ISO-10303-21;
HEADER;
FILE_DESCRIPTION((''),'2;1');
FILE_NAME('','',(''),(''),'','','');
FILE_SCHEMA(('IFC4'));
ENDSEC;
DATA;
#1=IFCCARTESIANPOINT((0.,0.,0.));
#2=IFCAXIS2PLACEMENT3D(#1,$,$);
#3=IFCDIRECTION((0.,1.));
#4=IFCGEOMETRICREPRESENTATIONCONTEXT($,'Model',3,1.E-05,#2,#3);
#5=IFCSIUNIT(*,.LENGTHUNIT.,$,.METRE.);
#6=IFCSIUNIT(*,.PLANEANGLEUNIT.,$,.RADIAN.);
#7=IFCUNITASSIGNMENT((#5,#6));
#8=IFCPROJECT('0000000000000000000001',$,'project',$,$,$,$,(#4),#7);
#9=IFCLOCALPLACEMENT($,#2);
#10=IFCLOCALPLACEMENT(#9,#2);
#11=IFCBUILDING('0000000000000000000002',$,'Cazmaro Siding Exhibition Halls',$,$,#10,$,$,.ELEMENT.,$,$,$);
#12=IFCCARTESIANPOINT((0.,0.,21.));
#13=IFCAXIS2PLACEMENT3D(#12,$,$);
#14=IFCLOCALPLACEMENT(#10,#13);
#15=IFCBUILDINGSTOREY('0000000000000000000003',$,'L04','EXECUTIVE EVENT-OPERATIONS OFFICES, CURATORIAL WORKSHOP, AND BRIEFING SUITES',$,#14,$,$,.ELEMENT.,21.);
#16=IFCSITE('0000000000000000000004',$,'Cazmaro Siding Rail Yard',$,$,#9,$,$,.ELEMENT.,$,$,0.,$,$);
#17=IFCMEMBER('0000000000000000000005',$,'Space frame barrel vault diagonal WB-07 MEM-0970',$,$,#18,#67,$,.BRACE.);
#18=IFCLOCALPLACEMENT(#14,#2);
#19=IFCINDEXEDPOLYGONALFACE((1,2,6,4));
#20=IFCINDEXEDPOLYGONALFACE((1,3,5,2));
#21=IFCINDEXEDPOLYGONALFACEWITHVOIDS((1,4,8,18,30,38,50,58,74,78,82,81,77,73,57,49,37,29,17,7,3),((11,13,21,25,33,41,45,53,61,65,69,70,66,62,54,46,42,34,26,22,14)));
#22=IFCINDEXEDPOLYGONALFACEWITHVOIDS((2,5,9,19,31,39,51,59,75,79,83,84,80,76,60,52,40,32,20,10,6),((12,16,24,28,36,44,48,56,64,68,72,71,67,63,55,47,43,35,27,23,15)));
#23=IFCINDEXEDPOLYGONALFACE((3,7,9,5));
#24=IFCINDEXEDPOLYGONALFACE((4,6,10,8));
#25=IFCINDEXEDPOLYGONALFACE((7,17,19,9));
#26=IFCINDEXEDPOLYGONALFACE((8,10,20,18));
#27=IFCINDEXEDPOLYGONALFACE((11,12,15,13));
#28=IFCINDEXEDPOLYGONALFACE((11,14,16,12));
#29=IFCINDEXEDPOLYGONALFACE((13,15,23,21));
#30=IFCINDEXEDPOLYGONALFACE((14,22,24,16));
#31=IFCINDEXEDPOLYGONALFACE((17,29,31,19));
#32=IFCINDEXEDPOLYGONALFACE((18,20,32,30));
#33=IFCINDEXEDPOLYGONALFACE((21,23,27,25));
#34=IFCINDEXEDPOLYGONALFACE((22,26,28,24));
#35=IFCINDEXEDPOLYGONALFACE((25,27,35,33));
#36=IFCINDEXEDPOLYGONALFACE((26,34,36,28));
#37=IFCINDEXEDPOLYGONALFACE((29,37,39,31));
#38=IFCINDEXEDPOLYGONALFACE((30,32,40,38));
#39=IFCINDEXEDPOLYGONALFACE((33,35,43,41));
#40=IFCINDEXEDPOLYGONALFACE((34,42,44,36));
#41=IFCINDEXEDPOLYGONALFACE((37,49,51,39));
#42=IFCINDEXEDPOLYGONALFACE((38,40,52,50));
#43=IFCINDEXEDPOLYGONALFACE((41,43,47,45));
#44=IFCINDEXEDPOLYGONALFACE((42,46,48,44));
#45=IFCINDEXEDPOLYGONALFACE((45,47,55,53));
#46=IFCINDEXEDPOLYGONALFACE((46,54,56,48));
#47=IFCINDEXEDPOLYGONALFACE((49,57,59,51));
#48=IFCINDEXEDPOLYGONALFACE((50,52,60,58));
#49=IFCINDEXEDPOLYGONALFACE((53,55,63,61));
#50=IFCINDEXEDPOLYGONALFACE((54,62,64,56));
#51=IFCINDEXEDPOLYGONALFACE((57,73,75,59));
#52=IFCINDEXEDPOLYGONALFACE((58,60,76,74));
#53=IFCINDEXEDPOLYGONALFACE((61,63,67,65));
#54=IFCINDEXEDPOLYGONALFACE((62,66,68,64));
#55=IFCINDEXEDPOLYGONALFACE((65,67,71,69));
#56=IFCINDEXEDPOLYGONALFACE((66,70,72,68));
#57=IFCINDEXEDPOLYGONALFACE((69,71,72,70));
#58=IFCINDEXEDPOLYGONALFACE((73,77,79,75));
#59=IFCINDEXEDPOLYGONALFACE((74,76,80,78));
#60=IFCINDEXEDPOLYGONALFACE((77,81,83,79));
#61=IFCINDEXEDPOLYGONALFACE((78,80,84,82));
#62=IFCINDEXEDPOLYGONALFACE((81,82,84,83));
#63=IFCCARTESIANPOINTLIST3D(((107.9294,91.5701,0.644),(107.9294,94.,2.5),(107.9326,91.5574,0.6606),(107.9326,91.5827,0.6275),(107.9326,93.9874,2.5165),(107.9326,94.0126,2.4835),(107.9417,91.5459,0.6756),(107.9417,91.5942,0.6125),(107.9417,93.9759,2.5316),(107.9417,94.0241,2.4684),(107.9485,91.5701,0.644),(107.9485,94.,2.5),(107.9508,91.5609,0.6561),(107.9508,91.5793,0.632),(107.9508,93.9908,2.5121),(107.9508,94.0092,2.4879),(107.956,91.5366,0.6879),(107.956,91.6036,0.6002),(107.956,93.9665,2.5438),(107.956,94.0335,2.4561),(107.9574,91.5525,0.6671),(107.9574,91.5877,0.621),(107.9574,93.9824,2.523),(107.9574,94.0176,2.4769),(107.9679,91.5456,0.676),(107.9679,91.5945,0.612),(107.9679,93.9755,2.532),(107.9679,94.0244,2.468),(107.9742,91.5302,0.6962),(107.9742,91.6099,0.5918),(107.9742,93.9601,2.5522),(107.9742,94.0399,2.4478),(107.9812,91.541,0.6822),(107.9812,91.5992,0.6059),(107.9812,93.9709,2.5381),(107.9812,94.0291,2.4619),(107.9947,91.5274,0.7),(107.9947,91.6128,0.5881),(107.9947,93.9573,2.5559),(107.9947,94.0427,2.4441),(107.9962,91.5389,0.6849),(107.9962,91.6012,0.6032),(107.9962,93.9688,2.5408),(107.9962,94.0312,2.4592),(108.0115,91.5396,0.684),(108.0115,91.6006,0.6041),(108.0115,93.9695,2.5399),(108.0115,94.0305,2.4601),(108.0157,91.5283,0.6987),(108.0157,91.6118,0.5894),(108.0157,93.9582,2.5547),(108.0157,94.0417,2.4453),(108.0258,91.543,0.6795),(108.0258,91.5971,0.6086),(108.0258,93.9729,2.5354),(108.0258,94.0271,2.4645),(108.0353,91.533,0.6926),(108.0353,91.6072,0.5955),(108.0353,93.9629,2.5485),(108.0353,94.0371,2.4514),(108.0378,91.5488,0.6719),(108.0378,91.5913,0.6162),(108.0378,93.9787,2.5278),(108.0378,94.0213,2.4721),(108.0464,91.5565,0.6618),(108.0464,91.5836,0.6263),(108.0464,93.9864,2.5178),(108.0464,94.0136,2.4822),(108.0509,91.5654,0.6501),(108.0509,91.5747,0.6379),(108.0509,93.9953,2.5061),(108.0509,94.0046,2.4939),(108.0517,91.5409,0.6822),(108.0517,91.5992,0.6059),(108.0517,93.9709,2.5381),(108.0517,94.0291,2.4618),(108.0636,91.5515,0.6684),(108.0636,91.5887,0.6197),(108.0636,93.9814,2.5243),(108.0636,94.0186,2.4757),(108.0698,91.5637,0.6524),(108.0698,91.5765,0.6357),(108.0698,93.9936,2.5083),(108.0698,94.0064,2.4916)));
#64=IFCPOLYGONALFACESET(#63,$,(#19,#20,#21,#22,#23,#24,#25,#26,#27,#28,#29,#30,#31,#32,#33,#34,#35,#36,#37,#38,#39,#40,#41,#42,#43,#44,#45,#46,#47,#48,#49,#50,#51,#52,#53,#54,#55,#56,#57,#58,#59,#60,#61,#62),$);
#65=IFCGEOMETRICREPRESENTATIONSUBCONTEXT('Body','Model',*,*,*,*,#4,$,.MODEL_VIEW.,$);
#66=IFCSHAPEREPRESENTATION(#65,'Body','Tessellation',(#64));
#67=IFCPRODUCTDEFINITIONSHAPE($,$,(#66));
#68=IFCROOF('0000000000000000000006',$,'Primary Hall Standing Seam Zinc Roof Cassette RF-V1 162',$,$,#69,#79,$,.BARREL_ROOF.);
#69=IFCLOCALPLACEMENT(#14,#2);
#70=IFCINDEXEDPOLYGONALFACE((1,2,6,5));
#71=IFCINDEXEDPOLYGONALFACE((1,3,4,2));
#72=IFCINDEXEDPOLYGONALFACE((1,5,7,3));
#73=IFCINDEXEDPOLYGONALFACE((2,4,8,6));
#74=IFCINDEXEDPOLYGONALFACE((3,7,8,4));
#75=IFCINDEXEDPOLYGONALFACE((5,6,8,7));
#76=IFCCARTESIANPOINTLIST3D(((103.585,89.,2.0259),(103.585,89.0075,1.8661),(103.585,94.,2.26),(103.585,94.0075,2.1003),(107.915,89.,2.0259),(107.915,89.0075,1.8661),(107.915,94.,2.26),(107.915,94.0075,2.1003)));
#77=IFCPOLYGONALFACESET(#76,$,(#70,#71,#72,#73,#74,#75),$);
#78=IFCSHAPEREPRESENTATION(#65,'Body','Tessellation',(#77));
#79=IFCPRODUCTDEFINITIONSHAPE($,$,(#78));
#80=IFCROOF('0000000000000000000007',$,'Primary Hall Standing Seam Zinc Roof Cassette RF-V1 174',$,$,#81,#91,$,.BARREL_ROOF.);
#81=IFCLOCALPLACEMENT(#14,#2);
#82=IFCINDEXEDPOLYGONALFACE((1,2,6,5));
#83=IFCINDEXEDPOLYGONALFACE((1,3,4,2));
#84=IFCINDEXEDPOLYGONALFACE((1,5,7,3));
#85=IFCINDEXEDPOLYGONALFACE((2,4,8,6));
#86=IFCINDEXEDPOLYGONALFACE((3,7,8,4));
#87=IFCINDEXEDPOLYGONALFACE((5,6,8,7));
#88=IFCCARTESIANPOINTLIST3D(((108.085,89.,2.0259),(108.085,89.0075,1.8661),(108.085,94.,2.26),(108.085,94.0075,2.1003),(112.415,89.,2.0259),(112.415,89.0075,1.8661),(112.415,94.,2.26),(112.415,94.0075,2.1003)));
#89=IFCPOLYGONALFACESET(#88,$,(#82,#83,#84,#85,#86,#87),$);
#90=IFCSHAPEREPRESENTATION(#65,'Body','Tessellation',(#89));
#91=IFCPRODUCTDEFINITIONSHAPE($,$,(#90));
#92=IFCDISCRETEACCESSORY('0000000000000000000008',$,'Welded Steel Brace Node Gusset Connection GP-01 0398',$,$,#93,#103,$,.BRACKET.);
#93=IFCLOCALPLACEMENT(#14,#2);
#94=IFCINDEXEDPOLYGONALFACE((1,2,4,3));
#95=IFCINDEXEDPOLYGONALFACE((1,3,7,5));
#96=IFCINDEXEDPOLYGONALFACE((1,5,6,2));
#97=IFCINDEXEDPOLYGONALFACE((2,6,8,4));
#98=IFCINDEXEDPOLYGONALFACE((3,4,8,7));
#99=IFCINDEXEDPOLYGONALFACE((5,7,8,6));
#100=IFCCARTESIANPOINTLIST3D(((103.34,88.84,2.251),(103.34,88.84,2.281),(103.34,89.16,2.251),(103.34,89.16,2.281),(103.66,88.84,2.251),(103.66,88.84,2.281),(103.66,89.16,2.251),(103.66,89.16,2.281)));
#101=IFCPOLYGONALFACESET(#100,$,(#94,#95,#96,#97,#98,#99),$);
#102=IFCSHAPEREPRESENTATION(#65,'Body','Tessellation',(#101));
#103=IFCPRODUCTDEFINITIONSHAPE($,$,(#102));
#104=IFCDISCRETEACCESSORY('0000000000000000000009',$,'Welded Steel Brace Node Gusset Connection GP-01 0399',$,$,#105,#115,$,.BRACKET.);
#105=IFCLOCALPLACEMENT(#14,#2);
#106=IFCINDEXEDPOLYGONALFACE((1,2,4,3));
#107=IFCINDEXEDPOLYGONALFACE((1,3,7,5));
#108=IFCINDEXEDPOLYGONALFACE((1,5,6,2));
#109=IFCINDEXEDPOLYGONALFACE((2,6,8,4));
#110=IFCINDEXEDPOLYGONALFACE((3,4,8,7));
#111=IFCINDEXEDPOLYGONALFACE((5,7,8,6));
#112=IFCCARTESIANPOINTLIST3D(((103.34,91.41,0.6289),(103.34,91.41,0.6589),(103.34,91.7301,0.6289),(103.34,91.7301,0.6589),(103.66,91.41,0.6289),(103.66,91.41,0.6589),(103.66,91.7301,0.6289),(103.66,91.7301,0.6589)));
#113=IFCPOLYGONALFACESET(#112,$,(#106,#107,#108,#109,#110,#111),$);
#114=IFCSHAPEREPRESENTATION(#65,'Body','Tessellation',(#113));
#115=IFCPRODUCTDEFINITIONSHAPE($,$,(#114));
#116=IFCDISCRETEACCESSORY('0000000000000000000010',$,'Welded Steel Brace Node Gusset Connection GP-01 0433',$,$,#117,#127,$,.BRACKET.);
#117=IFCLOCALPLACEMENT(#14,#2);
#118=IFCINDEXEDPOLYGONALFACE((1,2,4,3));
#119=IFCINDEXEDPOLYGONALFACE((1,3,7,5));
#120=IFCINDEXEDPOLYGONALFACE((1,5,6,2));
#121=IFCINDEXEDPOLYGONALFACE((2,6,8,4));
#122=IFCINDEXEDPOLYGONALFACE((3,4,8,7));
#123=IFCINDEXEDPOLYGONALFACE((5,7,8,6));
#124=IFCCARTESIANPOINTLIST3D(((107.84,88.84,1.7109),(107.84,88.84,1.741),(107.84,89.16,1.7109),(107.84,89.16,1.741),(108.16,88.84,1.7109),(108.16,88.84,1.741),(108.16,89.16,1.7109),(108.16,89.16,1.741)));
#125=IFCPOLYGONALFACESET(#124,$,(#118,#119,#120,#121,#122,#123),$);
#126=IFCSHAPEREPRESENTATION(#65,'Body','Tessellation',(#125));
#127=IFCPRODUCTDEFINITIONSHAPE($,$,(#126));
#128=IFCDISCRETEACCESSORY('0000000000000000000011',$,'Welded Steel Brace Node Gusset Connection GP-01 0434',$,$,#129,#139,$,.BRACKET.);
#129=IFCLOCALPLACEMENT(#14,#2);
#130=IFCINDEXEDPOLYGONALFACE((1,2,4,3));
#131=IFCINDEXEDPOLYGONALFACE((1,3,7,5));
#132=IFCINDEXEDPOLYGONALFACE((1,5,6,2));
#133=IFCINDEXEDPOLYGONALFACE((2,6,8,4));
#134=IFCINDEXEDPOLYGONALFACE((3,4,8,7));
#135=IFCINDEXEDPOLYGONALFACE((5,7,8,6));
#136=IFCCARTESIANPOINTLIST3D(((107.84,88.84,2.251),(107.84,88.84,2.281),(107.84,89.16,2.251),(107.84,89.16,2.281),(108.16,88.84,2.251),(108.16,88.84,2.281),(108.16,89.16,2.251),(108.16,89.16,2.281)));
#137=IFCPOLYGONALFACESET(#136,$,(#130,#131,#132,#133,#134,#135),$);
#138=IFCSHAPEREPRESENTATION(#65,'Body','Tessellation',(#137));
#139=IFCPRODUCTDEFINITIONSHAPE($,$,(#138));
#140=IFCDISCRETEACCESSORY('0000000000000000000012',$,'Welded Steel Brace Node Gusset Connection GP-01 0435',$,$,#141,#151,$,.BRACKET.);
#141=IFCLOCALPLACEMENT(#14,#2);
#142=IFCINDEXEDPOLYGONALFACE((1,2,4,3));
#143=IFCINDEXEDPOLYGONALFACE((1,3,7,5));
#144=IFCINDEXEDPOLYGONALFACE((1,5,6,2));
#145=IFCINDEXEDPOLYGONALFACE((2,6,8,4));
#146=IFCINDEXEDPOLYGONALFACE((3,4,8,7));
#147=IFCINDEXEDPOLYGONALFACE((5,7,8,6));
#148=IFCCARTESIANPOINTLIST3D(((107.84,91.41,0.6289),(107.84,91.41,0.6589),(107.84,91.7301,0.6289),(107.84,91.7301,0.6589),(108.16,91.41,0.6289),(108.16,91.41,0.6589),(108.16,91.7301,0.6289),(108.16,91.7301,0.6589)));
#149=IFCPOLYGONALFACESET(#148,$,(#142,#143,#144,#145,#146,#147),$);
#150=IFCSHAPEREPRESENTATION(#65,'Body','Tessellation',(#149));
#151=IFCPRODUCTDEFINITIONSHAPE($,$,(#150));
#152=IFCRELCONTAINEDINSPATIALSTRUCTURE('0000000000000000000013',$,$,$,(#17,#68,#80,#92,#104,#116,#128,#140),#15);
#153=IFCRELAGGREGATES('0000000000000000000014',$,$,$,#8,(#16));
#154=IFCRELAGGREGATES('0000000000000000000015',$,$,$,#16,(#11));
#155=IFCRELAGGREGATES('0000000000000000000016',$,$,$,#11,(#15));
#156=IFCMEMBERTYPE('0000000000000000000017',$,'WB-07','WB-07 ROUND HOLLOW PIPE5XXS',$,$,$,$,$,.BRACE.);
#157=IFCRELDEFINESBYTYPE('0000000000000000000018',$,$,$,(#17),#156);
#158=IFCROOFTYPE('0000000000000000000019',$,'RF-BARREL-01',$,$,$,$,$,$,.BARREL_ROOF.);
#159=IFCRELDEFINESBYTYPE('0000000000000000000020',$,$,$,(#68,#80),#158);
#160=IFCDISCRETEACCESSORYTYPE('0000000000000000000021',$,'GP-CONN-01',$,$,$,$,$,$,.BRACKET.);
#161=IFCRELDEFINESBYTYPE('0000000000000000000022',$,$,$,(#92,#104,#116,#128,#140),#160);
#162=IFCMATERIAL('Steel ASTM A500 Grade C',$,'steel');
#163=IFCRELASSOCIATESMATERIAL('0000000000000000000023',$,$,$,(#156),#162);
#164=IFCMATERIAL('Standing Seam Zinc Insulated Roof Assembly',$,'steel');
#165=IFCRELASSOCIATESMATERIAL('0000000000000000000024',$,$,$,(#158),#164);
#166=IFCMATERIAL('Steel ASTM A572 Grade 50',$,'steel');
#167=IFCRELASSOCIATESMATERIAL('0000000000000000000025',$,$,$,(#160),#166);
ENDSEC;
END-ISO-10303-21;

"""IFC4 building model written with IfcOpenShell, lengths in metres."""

from ifc_helpers import new_model, si_unit, direction, frame, origin, origin_2d, place, context, subcontext, project, spatial, polyline, rectangle, hollow_circle, outline, extrude, material, material_profile, profile_set, type_object, element, save


model = new_model("IFC4")

# Units and contexts
model_context = context("Model", 3, precision=1e-05, world=origin(), true_north=direction((0.0, 1.0)))
body_context = subcontext(model_context, "Body", "Model", "MODEL_VIEW")
ifc_project = project(units=[si_unit("LENGTHUNIT", "METRE"), si_unit("PLANEANGLEUNIT", "RADIAN")], contexts=[model_context])

# Site, building, storey
site_placement = place(None, origin())
site = spatial("IfcSite", under=ifc_project, at=site_placement, Name="Cazmaro Siding Rail Yard", CompositionType="ELEMENT", RefElevation=0.0)
building_placement = place(site_placement, origin())
building = spatial("IfcBuilding", under=site, at=building_placement, Name="Cazmaro Siding Exhibition Halls", CompositionType="ELEMENT")
storey_placement = place(building_placement, frame((0.0, 0.0, 21.0)))
storey = spatial("IfcBuildingStorey", under=building, at=storey_placement, Name="L04", Description="EXECUTIVE EVENT-OPERATIONS OFFICES, CURATORIAL WORKSHOP, AND BRIEFING SUITES", CompositionType="ELEMENT", Elevation=21.0)

# Member
ifc_material_1 = material(Name="Steel ASTM A500 Grade C", Category="steel")
ifc_material_profile_1 = material_profile(ifc_material_1, hollow_circle(Radius=0.0706, WallThickness=0.019, at=origin_2d()), Name="PIPE5XXS")
ifc_profile_set_1 = profile_set([ifc_material_profile_1], Name="Steel ASTM A500 Grade C")
member_type_1 = type_object("IfcMemberType", Name="WB-07", Description="WB-07 ROUND HOLLOW PIPE5XXS", PredefinedType="BRACE", material=ifc_profile_set_1)
member_1_placement = place(storey_placement, frame((108.0, 91.5701, 0.644), z_axis=(0.0, 0.794709, 0.606991), x_axis=(-1.0, 0.0, 0.0)))
element("IfcMember", 1, at=member_1_placement, inside=storey, type_object=member_type_1, Name="Space frame barrel vault diagonal WB-07 MEM-0970", PredefinedType="BRACE", context=body_context, shape_type="SweptSolid", body=[
    extrude(hollow_circle(Radius=0.0706, WallThickness=0.019, at=origin_2d()), origin(), (0.0, 0.0, 1.0), 3.0576),
])

# Roofs
ifc_material_2 = material(Name="Standing Seam Zinc Insulated Roof Assembly", Category="steel")
roof_type = type_object("IfcRoofType", Name="RF-BARREL-01", PredefinedType="BARREL_ROOF", material=ifc_material_2)
for number, where, z_axis, x_axis, name in (
    (2, (103.585, 89.0, 2.0259), (0.0, -0.046775, 0.998905), (1.0, 0.0, 0.0), "Primary Hall Standing Seam Zinc Roof Cassette RF-V1 162"),
    (3, (108.085, 89.0, 2.0259), (0.0, -0.046775, 0.998905), (1.0, 0.0, 0.0), "Primary Hall Standing Seam Zinc Roof Cassette RF-V1 174"),
):
    element("IfcRoof", number, at=place(storey_placement, frame(where, z_axis=z_axis, x_axis=x_axis)), inside=storey, type_object=roof_type, Name=name, PredefinedType="BARREL_ROOF", context=body_context, shape_type="SweptSolid", body=[
        extrude(outline(polyline([(0.0, 0.0), (4.3301, 0.0), (4.3301, 5.0055), (0.0, 5.0055), (0.0, 0.0)])), origin(), (0.0, 0.0, -1.0), 0.1599),
    ])

# Discrete accessories
ifc_material_3 = material(Name="Steel ASTM A572 Grade 50", Category="steel")
discrete_accessory_type = type_object("IfcDiscreteAccessoryType", Name="GP-CONN-01", PredefinedType="BRACKET", material=ifc_material_3)
for number, where, z_axis, x_axis, name in (
    (4, (103.5, 89.0, 2.251), (0.0, 0.0, 1.0), (1.0, 0.0, 0.0), "Welded Steel Brace Node Gusset Connection GP-01 0398"),
    (5, (103.5, 91.5701, 0.6289), (0.0, 0.0, 1.0), (1.0, 0.0, 0.0), "Welded Steel Brace Node Gusset Connection GP-01 0399"),
    (6, (108.0, 89.0, 1.7109), (0.0, 0.0, 1.0), (1.0, 0.0, 0.0), "Welded Steel Brace Node Gusset Connection GP-01 0433"),
    (7, (108.0, 89.0, 2.251), (0.0, 0.0, 1.0), (1.0, 0.0, 0.0), "Welded Steel Brace Node Gusset Connection GP-01 0434"),
    (8, (108.0, 91.5701, 0.6289), (0.0, 0.0, 1.0), (1.0, 0.0, 0.0), "Welded Steel Brace Node Gusset Connection GP-01 0435"),
):
    element("IfcDiscreteAccessory", number, at=place(storey_placement, frame(where, z_axis=z_axis, x_axis=x_axis)), inside=storey, type_object=discrete_accessory_type, Name=name, PredefinedType="BRACKET", context=body_context, shape_type="SweptSolid", body=[
        extrude(rectangle(XDim=0.3201, YDim=0.3201, at=origin_2d()), origin(), (0.0, 0.0, 1.0), 0.03),
    ])

save(model, "model.ifc")
